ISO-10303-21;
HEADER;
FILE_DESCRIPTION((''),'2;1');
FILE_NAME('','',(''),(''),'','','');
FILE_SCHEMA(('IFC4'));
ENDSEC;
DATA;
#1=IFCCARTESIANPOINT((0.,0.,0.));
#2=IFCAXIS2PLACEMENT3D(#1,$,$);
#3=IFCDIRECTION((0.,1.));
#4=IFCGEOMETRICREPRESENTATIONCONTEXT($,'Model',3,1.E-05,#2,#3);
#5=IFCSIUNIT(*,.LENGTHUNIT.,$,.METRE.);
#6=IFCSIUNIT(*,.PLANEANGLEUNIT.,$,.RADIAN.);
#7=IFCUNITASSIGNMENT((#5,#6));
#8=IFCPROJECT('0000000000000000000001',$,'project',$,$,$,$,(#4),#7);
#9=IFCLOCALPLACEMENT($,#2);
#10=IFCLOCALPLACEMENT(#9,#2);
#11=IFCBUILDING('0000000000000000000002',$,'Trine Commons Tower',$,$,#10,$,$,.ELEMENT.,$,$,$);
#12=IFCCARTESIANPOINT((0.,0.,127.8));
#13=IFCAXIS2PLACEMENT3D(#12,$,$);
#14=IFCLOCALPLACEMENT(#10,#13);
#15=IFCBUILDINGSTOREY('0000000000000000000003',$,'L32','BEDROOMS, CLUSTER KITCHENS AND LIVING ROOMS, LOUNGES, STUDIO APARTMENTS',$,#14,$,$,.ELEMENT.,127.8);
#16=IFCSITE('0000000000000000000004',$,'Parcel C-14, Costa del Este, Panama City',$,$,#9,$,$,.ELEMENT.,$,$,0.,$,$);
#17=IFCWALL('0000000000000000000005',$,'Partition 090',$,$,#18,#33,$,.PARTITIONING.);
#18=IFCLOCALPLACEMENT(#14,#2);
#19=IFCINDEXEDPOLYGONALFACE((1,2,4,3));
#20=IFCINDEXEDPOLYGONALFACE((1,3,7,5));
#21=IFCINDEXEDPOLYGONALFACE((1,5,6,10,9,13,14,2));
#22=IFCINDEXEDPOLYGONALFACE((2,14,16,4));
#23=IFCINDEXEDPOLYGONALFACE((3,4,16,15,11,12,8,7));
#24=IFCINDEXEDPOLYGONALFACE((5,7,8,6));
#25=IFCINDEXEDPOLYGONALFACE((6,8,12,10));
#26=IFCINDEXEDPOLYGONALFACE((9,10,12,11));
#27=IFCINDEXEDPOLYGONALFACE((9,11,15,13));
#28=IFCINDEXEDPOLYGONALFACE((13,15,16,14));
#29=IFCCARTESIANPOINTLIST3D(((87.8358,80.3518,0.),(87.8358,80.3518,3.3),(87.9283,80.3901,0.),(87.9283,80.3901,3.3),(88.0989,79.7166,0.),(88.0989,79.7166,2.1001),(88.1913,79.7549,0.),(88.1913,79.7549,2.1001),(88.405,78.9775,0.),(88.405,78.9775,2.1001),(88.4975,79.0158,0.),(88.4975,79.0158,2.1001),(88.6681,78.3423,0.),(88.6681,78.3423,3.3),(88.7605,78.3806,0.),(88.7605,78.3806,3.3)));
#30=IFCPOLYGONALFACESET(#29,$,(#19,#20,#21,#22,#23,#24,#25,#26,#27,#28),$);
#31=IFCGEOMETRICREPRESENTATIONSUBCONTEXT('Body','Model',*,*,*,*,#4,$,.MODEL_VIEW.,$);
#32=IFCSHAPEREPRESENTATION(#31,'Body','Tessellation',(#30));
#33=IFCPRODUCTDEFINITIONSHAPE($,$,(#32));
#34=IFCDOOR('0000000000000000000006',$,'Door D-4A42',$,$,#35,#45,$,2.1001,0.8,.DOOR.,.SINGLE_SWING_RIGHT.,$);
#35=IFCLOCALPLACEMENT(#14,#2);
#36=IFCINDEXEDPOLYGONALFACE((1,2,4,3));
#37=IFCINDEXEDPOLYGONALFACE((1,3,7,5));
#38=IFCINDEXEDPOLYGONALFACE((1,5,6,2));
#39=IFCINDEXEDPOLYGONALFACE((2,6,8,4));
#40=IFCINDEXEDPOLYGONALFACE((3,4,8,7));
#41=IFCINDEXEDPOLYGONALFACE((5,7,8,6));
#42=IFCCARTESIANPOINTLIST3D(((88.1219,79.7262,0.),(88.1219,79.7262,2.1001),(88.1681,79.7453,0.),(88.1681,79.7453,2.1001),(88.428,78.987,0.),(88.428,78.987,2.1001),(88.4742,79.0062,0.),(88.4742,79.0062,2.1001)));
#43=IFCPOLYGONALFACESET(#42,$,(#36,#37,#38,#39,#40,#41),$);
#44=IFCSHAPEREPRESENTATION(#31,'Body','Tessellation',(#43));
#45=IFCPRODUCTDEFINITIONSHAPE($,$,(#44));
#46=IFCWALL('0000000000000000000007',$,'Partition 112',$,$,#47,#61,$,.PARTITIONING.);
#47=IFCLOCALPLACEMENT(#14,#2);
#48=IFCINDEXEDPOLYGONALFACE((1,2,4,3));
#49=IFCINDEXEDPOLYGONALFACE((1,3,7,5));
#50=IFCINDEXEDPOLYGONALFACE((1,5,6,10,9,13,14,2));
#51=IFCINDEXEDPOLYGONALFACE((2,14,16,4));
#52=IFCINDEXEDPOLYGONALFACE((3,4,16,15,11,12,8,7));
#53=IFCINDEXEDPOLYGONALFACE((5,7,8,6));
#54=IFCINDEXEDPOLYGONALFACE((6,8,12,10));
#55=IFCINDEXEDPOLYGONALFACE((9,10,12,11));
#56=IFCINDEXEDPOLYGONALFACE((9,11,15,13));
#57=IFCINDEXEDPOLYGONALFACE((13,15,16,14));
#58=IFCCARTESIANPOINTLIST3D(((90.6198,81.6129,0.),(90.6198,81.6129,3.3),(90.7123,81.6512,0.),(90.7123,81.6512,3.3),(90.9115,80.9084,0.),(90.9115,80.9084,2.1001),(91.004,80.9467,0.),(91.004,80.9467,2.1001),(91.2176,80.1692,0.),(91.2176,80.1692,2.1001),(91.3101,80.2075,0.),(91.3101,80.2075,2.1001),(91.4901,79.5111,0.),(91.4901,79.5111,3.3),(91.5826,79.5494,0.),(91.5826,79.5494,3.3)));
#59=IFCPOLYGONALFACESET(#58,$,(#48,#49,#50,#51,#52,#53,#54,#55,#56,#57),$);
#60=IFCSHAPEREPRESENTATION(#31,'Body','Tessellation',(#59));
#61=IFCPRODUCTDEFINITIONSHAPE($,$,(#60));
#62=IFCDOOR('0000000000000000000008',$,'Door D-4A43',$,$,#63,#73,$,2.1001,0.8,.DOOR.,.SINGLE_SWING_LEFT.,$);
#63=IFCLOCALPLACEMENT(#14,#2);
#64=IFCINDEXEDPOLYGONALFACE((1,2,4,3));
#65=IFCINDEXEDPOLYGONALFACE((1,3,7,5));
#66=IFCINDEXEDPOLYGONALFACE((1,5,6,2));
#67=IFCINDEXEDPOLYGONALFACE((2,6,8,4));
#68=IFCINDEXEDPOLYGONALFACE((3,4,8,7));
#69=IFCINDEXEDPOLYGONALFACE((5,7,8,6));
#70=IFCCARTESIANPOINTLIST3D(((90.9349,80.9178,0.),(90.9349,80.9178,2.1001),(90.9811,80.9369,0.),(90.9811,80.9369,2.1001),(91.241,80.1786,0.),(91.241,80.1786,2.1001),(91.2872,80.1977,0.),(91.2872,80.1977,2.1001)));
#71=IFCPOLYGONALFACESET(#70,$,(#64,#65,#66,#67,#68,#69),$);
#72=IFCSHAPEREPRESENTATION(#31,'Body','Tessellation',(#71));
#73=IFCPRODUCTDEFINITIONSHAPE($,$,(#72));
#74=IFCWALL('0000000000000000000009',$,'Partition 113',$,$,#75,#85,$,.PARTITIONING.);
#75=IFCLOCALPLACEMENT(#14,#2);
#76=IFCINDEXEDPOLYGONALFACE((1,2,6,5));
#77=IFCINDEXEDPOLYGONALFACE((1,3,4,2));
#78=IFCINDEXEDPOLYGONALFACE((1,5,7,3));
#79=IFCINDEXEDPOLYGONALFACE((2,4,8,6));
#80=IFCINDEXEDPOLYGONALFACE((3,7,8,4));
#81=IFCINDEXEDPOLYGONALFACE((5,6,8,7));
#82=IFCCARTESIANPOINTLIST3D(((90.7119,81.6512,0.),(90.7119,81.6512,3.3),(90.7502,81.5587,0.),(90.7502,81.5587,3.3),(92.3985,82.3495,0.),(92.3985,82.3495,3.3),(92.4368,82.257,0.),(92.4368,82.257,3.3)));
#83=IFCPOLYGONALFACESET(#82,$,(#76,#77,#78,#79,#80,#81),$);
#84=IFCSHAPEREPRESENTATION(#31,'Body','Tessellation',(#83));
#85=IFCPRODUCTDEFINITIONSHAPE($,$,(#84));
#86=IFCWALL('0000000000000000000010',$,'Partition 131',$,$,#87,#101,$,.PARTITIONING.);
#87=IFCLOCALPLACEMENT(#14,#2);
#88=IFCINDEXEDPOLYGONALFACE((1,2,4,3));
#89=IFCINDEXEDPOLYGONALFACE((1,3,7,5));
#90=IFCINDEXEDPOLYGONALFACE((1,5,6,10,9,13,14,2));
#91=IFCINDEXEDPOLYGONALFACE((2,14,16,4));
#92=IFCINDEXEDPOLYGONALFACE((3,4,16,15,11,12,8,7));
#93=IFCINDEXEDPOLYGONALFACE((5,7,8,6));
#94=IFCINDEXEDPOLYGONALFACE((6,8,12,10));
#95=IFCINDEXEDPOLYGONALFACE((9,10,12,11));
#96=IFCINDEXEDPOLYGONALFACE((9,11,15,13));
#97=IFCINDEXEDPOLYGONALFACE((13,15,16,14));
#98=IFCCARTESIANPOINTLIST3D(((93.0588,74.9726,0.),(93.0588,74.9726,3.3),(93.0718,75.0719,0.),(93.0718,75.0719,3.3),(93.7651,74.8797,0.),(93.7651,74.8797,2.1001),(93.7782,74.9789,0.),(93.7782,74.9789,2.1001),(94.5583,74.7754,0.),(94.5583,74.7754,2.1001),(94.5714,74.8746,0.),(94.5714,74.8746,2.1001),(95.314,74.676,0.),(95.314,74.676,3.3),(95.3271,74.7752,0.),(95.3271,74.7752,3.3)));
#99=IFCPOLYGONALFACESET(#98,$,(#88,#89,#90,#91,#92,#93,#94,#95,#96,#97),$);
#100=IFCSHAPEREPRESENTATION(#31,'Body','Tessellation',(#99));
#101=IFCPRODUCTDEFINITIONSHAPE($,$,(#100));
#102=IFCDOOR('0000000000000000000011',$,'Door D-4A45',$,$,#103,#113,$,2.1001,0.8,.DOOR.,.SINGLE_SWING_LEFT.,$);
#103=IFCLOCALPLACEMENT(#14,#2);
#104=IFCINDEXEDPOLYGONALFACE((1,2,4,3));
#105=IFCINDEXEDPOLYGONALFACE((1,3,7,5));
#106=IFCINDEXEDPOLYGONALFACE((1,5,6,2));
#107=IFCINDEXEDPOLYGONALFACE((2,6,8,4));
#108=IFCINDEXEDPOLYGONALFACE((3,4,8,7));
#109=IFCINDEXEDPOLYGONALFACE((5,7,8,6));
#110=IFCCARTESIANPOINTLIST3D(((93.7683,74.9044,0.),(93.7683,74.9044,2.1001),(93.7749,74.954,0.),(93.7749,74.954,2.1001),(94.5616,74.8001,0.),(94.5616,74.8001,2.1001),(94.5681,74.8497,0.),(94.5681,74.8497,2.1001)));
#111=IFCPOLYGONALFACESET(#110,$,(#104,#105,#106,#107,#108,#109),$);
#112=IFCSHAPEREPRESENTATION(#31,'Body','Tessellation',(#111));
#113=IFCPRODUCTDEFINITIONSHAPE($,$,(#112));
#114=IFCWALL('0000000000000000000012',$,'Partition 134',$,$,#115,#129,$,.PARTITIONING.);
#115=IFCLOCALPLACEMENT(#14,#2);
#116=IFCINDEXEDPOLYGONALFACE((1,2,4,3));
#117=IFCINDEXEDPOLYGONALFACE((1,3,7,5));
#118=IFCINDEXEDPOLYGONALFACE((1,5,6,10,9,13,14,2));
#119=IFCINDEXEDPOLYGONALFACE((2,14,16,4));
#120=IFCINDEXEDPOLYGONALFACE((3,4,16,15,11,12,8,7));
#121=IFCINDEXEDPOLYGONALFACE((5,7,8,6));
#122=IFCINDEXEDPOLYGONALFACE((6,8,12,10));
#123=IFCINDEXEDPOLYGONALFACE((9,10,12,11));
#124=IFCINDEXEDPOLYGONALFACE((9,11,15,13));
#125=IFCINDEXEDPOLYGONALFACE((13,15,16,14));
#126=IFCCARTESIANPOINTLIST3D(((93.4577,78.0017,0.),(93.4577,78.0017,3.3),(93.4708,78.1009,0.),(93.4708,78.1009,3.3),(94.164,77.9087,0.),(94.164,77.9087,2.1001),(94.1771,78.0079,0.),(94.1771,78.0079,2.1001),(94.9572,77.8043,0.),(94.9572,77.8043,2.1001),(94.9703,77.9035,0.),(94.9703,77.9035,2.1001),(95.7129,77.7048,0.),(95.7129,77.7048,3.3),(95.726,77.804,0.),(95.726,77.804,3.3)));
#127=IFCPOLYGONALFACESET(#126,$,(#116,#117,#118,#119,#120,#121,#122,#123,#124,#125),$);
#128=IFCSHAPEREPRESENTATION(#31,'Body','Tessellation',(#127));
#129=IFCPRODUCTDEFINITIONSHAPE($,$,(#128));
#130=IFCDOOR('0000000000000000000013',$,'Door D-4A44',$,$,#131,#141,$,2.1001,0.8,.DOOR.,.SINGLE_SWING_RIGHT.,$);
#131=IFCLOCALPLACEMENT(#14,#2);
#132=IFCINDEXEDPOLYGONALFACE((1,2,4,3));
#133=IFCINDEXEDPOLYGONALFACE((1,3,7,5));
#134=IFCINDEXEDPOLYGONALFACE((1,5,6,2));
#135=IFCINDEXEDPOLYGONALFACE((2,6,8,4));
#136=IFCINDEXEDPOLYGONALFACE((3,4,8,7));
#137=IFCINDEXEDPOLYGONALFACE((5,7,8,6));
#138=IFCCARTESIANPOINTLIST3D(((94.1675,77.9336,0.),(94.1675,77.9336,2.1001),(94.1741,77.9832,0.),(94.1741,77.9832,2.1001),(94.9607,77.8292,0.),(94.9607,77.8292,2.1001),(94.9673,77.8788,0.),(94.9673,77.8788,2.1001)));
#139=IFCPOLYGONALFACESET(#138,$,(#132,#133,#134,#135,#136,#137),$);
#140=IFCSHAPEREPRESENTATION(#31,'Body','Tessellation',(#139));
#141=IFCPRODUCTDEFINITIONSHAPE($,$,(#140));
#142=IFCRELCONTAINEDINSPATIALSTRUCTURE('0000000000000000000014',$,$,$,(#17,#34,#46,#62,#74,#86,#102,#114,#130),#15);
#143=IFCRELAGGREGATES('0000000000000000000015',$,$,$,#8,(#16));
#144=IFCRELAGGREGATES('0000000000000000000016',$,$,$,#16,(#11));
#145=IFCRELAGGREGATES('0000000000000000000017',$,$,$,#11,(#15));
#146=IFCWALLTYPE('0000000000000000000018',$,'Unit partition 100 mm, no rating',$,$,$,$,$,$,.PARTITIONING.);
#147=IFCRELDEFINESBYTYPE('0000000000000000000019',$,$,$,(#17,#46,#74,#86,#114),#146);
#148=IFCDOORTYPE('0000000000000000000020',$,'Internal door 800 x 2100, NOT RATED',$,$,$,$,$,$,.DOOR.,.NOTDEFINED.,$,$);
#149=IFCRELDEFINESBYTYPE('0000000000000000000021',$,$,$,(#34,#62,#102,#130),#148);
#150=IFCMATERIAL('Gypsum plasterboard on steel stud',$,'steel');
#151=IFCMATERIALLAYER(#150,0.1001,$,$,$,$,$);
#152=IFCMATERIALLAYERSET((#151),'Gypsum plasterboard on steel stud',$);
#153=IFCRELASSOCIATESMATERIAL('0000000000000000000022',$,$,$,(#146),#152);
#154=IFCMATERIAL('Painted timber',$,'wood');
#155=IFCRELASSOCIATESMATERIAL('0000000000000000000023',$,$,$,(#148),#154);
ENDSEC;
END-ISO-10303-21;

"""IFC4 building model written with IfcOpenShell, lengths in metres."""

from ifc_helpers import new_model, si_unit, direction, frame, frame_2d, origin, place, context, subcontext, project, spatial, rectangle, extrude, material, layer, layer_set, type_object, element, fill, save


model = new_model("IFC4")

# Units and contexts
model_context = context("Model", 3, precision=1e-05, world=origin(), true_north=direction((0.0, 1.0)))
body_context = subcontext(model_context, "Body", "Model", "MODEL_VIEW")
ifc_project = project(units=[si_unit("LENGTHUNIT", "METRE"), si_unit("PLANEANGLEUNIT", "RADIAN")], contexts=[model_context])

# Site, building, storey
site_placement = place(None, origin())
site = spatial("IfcSite", under=ifc_project, at=site_placement, Name="Parcel C-14, Costa del Este, Panama City", CompositionType="ELEMENT", RefElevation=0.0)
building_placement = place(site_placement, origin())
building = spatial("IfcBuilding", under=site, at=building_placement, Name="Trine Commons Tower", CompositionType="ELEMENT")
storey_placement = place(building_placement, frame((0.0, 0.0, 127.8)))
storey = spatial("IfcBuildingStorey", under=building, at=storey_placement, Name="L32", Description="BEDROOMS, CLUSTER KITCHENS AND LIVING ROOMS, LOUNGES, STUDIO APARTMENTS", CompositionType="ELEMENT", Elevation=127.8)

# Shared definitions
ifc_material_1 = material(Name="Gypsum plasterboard on steel stud", Category="steel")

# Shared definitions
ifc_layer_1 = layer(ifc_material_1, 0.1001)
ifc_layer_set_1 = layer_set([ifc_layer_1], Name="Gypsum plasterboard on steel stud")
wall_type_1 = type_object("IfcWallType", Name="Unit partition 100 mm, no rating", PredefinedType="PARTITIONING", material=ifc_layer_set_1)

# Walls, openings, doors
wall_1_placement = place(storey_placement, frame((87.8821, 80.3708, 0.0), z_axis=(0.0, 0.0, 1.0), x_axis=(0.382646, -0.923895, 0.0)))
wall_1 = element("IfcWall", 1, at=wall_1_placement, inside=storey, type_object=wall_type_1, Name="Partition 090", PredefinedType="PARTITIONING", context=body_context, shape_type="SweptSolid", body=[
    extrude(rectangle(XDim=2.175, YDim=0.1001, at=frame_2d((1.0874, 0.0))), origin(), (0.0, 0.0, 1.0), 3.3),
])
opening_1_placement = place(wall_1_placement, frame((0.6875, 0.0, 0.0)))
opening_1 = element("IfcOpeningElement", 2, at=opening_1_placement, cuts=wall_1, PredefinedType="OPENING", context=body_context, shape_type="SweptSolid", body=[
    extrude(rectangle(XDim=0.8, YDim=2.1001, at=frame_2d((0.3999, 1.05))), frame((0.0, 0.0601, 0.0), z_axis=(0.0, -1.0, 0.0), x_axis=(1.0, 0.0, 0.0)), (0.0, 0.0, 1.0), 0.1201),
])
ifc_material_2 = material(Name="Painted timber", Category="wood")
door_type_1 = type_object("IfcDoorType", Name="Internal door 800 x 2100, NOT RATED", OperationType="NOTDEFINED", PredefinedType="DOOR", material=ifc_material_2)
door_1_placement = place(opening_1_placement, origin())
door_1 = element("IfcDoor", 3, at=door_1_placement, inside=storey, type_object=door_type_1, Name="Door D-4A42", OperationType="SINGLE_SWING_RIGHT", OverallHeight=2.1001, OverallWidth=0.8, PredefinedType="DOOR", context=body_context, shape_type="SweptSolid", body=[
    extrude(rectangle(XDim=0.8, YDim=2.1001, at=frame_2d((0.3999, 1.05))), frame((0.0, 0.0249, 0.0), z_axis=(0.0, -1.0, 0.0), x_axis=(1.0, 0.0, 0.0)), (0.0, 0.0, 1.0), 0.05),
])
fill(opening_1, door_1)
wall_2_placement = place(storey_placement, frame((90.666, 81.6321, 0.0), z_axis=(0.0, 0.0, 1.0), x_axis=(0.382595, -0.923916, 0.0)))
wall_2 = element("IfcWall", 4, at=wall_2_placement, inside=storey, type_object=wall_type_1, Name="Partition 112", PredefinedType="PARTITIONING", context=body_context, shape_type="SweptSolid", body=[
    extrude(rectangle(XDim=2.2749, YDim=0.1001, at=frame_2d((1.1375, 0.0))), origin(), (0.0, 0.0, 1.0), 3.3),
])
opening_2_placement = place(wall_2_placement, frame((0.7627, 0.0, 0.0)))
opening_2 = element("IfcOpeningElement", 5, at=opening_2_placement, cuts=wall_2, PredefinedType="OPENING", context=body_context, shape_type="SweptSolid", body=[
    extrude(rectangle(XDim=0.8, YDim=2.1001, at=frame_2d((0.3999, 1.05))), frame((0.0, 0.0601, 0.0), z_axis=(0.0, -1.0, 0.0), x_axis=(1.0, 0.0, 0.0)), (0.0, 0.0, 1.0), 0.1201),
])
door_2_placement = place(opening_2_placement, frame((0.8, 0.0, 0.0), z_axis=(0.0, 0.0, 1.0), x_axis=(-1.0, 0.0, 0.0)))
door_2 = element("IfcDoor", 6, at=door_2_placement, inside=storey, type_object=door_type_1, Name="Door D-4A43", OperationType="SINGLE_SWING_LEFT", OverallHeight=2.1001, OverallWidth=0.8, PredefinedType="DOOR", context=body_context, shape_type="SweptSolid", body=[
    extrude(rectangle(XDim=0.8, YDim=2.1001, at=frame_2d((0.3999, 1.05))), frame((0.0, 0.0249, 0.0), z_axis=(0.0, -1.0, 0.0), x_axis=(1.0, 0.0, 0.0)), (0.0, 0.0, 1.0), 0.05),
])
fill(opening_2, door_2)

# Wall
wall_3_placement = place(storey_placement, frame((90.7312, 81.605, 0.0), z_axis=(0.0, 0.0, 1.0), x_axis=(0.923945, 0.382525, 0.0)))
element("IfcWall", 7, at=wall_3_placement, inside=storey, type_object=wall_type_1, Name="Partition 113", PredefinedType="PARTITIONING", context=body_context, shape_type="SweptSolid", body=[
    extrude(rectangle(XDim=1.8254, YDim=0.1001, at=frame_2d((0.9126, 0.0))), origin(), (0.0, 0.0, 1.0), 3.3),
])

# Walls, openings, doors
wall_4_placement = place(storey_placement, frame((93.0654, 75.0222, 0.0), z_axis=(0.0, 0.0, 1.0), x_axis=(0.99146, -0.130413, 0.0)))
wall_4 = element("IfcWall", 8, at=wall_4_placement, inside=storey, type_object=wall_type_1, Name="Partition 131", PredefinedType="PARTITIONING", context=body_context, shape_type="SweptSolid", body=[
    extrude(rectangle(XDim=2.2747, YDim=0.1001, at=frame_2d((1.1372, 0.0))), origin(), (0.0, 0.0, 1.0), 3.3),
])
opening_3_placement = place(wall_4_placement, frame((0.7124, 0.0, 0.0)))
opening_3 = element("IfcOpeningElement", 9, at=opening_3_placement, cuts=wall_4, PredefinedType="OPENING", context=body_context, shape_type="SweptSolid", body=[
    extrude(rectangle(XDim=0.8, YDim=2.1001, at=frame_2d((0.3999, 1.05))), frame((0.0, 0.0601, 0.0), z_axis=(0.0, -1.0, 0.0), x_axis=(1.0, 0.0, 0.0)), (0.0, 0.0, 1.0), 0.1201),
])
door_3_placement = place(opening_3_placement, origin())
door_3 = element("IfcDoor", 10, at=door_3_placement, inside=storey, type_object=door_type_1, Name="Door D-4A45", OperationType="SINGLE_SWING_LEFT", OverallHeight=2.1001, OverallWidth=0.8, PredefinedType="DOOR", context=body_context, shape_type="SweptSolid", body=[
    extrude(rectangle(XDim=0.8, YDim=2.1001, at=frame_2d((0.3999, 1.05))), frame((0.0, 0.0249, 0.0), z_axis=(0.0, -1.0, 0.0), x_axis=(1.0, 0.0, 0.0)), (0.0, 0.0, 1.0), 0.05),
])
fill(opening_3, door_3)
wall_5_placement = place(storey_placement, frame((93.4644, 78.0513, 0.0), z_axis=(0.0, 0.0, 1.0), x_axis=(0.991446, -0.130518, 0.0)))
wall_5 = element("IfcWall", 11, at=wall_5_placement, inside=storey, type_object=wall_type_1, Name="Partition 134", PredefinedType="PARTITIONING", context=body_context, shape_type="SweptSolid", body=[
    extrude(rectangle(XDim=2.2747, YDim=0.1001, at=frame_2d((1.1372, 0.0))), origin(), (0.0, 0.0, 1.0), 3.3),
])
opening_4_placement = place(wall_5_placement, frame((0.7124, 0.0, 0.0)))
opening_4 = element("IfcOpeningElement", 12, at=opening_4_placement, cuts=wall_5, PredefinedType="OPENING", context=body_context, shape_type="SweptSolid", body=[
    extrude(rectangle(XDim=0.8, YDim=2.1001, at=frame_2d((0.3999, 1.05))), frame((0.0, 0.0601, 0.0), z_axis=(0.0, -1.0, 0.0), x_axis=(1.0, 0.0, 0.0)), (0.0, 0.0, 1.0), 0.1201),
])
door_4_placement = place(opening_4_placement, frame((0.8, 0.0, 0.0), z_axis=(0.0, 0.0, 1.0), x_axis=(-1.0, 0.0, 0.0)))
door_4 = element("IfcDoor", 13, at=door_4_placement, inside=storey, type_object=door_type_1, Name="Door D-4A44", OperationType="SINGLE_SWING_RIGHT", OverallHeight=2.1001, OverallWidth=0.8, PredefinedType="DOOR", context=body_context, shape_type="SweptSolid", body=[
    extrude(rectangle(XDim=0.8, YDim=2.1001, at=frame_2d((0.3999, 1.05))), frame((0.0, 0.0249, 0.0), z_axis=(0.0, -1.0, 0.0), x_axis=(1.0, 0.0, 0.0)), (0.0, 0.0, 1.0), 0.05),
])
fill(opening_4, door_4)

save(model, "model.ifc")
